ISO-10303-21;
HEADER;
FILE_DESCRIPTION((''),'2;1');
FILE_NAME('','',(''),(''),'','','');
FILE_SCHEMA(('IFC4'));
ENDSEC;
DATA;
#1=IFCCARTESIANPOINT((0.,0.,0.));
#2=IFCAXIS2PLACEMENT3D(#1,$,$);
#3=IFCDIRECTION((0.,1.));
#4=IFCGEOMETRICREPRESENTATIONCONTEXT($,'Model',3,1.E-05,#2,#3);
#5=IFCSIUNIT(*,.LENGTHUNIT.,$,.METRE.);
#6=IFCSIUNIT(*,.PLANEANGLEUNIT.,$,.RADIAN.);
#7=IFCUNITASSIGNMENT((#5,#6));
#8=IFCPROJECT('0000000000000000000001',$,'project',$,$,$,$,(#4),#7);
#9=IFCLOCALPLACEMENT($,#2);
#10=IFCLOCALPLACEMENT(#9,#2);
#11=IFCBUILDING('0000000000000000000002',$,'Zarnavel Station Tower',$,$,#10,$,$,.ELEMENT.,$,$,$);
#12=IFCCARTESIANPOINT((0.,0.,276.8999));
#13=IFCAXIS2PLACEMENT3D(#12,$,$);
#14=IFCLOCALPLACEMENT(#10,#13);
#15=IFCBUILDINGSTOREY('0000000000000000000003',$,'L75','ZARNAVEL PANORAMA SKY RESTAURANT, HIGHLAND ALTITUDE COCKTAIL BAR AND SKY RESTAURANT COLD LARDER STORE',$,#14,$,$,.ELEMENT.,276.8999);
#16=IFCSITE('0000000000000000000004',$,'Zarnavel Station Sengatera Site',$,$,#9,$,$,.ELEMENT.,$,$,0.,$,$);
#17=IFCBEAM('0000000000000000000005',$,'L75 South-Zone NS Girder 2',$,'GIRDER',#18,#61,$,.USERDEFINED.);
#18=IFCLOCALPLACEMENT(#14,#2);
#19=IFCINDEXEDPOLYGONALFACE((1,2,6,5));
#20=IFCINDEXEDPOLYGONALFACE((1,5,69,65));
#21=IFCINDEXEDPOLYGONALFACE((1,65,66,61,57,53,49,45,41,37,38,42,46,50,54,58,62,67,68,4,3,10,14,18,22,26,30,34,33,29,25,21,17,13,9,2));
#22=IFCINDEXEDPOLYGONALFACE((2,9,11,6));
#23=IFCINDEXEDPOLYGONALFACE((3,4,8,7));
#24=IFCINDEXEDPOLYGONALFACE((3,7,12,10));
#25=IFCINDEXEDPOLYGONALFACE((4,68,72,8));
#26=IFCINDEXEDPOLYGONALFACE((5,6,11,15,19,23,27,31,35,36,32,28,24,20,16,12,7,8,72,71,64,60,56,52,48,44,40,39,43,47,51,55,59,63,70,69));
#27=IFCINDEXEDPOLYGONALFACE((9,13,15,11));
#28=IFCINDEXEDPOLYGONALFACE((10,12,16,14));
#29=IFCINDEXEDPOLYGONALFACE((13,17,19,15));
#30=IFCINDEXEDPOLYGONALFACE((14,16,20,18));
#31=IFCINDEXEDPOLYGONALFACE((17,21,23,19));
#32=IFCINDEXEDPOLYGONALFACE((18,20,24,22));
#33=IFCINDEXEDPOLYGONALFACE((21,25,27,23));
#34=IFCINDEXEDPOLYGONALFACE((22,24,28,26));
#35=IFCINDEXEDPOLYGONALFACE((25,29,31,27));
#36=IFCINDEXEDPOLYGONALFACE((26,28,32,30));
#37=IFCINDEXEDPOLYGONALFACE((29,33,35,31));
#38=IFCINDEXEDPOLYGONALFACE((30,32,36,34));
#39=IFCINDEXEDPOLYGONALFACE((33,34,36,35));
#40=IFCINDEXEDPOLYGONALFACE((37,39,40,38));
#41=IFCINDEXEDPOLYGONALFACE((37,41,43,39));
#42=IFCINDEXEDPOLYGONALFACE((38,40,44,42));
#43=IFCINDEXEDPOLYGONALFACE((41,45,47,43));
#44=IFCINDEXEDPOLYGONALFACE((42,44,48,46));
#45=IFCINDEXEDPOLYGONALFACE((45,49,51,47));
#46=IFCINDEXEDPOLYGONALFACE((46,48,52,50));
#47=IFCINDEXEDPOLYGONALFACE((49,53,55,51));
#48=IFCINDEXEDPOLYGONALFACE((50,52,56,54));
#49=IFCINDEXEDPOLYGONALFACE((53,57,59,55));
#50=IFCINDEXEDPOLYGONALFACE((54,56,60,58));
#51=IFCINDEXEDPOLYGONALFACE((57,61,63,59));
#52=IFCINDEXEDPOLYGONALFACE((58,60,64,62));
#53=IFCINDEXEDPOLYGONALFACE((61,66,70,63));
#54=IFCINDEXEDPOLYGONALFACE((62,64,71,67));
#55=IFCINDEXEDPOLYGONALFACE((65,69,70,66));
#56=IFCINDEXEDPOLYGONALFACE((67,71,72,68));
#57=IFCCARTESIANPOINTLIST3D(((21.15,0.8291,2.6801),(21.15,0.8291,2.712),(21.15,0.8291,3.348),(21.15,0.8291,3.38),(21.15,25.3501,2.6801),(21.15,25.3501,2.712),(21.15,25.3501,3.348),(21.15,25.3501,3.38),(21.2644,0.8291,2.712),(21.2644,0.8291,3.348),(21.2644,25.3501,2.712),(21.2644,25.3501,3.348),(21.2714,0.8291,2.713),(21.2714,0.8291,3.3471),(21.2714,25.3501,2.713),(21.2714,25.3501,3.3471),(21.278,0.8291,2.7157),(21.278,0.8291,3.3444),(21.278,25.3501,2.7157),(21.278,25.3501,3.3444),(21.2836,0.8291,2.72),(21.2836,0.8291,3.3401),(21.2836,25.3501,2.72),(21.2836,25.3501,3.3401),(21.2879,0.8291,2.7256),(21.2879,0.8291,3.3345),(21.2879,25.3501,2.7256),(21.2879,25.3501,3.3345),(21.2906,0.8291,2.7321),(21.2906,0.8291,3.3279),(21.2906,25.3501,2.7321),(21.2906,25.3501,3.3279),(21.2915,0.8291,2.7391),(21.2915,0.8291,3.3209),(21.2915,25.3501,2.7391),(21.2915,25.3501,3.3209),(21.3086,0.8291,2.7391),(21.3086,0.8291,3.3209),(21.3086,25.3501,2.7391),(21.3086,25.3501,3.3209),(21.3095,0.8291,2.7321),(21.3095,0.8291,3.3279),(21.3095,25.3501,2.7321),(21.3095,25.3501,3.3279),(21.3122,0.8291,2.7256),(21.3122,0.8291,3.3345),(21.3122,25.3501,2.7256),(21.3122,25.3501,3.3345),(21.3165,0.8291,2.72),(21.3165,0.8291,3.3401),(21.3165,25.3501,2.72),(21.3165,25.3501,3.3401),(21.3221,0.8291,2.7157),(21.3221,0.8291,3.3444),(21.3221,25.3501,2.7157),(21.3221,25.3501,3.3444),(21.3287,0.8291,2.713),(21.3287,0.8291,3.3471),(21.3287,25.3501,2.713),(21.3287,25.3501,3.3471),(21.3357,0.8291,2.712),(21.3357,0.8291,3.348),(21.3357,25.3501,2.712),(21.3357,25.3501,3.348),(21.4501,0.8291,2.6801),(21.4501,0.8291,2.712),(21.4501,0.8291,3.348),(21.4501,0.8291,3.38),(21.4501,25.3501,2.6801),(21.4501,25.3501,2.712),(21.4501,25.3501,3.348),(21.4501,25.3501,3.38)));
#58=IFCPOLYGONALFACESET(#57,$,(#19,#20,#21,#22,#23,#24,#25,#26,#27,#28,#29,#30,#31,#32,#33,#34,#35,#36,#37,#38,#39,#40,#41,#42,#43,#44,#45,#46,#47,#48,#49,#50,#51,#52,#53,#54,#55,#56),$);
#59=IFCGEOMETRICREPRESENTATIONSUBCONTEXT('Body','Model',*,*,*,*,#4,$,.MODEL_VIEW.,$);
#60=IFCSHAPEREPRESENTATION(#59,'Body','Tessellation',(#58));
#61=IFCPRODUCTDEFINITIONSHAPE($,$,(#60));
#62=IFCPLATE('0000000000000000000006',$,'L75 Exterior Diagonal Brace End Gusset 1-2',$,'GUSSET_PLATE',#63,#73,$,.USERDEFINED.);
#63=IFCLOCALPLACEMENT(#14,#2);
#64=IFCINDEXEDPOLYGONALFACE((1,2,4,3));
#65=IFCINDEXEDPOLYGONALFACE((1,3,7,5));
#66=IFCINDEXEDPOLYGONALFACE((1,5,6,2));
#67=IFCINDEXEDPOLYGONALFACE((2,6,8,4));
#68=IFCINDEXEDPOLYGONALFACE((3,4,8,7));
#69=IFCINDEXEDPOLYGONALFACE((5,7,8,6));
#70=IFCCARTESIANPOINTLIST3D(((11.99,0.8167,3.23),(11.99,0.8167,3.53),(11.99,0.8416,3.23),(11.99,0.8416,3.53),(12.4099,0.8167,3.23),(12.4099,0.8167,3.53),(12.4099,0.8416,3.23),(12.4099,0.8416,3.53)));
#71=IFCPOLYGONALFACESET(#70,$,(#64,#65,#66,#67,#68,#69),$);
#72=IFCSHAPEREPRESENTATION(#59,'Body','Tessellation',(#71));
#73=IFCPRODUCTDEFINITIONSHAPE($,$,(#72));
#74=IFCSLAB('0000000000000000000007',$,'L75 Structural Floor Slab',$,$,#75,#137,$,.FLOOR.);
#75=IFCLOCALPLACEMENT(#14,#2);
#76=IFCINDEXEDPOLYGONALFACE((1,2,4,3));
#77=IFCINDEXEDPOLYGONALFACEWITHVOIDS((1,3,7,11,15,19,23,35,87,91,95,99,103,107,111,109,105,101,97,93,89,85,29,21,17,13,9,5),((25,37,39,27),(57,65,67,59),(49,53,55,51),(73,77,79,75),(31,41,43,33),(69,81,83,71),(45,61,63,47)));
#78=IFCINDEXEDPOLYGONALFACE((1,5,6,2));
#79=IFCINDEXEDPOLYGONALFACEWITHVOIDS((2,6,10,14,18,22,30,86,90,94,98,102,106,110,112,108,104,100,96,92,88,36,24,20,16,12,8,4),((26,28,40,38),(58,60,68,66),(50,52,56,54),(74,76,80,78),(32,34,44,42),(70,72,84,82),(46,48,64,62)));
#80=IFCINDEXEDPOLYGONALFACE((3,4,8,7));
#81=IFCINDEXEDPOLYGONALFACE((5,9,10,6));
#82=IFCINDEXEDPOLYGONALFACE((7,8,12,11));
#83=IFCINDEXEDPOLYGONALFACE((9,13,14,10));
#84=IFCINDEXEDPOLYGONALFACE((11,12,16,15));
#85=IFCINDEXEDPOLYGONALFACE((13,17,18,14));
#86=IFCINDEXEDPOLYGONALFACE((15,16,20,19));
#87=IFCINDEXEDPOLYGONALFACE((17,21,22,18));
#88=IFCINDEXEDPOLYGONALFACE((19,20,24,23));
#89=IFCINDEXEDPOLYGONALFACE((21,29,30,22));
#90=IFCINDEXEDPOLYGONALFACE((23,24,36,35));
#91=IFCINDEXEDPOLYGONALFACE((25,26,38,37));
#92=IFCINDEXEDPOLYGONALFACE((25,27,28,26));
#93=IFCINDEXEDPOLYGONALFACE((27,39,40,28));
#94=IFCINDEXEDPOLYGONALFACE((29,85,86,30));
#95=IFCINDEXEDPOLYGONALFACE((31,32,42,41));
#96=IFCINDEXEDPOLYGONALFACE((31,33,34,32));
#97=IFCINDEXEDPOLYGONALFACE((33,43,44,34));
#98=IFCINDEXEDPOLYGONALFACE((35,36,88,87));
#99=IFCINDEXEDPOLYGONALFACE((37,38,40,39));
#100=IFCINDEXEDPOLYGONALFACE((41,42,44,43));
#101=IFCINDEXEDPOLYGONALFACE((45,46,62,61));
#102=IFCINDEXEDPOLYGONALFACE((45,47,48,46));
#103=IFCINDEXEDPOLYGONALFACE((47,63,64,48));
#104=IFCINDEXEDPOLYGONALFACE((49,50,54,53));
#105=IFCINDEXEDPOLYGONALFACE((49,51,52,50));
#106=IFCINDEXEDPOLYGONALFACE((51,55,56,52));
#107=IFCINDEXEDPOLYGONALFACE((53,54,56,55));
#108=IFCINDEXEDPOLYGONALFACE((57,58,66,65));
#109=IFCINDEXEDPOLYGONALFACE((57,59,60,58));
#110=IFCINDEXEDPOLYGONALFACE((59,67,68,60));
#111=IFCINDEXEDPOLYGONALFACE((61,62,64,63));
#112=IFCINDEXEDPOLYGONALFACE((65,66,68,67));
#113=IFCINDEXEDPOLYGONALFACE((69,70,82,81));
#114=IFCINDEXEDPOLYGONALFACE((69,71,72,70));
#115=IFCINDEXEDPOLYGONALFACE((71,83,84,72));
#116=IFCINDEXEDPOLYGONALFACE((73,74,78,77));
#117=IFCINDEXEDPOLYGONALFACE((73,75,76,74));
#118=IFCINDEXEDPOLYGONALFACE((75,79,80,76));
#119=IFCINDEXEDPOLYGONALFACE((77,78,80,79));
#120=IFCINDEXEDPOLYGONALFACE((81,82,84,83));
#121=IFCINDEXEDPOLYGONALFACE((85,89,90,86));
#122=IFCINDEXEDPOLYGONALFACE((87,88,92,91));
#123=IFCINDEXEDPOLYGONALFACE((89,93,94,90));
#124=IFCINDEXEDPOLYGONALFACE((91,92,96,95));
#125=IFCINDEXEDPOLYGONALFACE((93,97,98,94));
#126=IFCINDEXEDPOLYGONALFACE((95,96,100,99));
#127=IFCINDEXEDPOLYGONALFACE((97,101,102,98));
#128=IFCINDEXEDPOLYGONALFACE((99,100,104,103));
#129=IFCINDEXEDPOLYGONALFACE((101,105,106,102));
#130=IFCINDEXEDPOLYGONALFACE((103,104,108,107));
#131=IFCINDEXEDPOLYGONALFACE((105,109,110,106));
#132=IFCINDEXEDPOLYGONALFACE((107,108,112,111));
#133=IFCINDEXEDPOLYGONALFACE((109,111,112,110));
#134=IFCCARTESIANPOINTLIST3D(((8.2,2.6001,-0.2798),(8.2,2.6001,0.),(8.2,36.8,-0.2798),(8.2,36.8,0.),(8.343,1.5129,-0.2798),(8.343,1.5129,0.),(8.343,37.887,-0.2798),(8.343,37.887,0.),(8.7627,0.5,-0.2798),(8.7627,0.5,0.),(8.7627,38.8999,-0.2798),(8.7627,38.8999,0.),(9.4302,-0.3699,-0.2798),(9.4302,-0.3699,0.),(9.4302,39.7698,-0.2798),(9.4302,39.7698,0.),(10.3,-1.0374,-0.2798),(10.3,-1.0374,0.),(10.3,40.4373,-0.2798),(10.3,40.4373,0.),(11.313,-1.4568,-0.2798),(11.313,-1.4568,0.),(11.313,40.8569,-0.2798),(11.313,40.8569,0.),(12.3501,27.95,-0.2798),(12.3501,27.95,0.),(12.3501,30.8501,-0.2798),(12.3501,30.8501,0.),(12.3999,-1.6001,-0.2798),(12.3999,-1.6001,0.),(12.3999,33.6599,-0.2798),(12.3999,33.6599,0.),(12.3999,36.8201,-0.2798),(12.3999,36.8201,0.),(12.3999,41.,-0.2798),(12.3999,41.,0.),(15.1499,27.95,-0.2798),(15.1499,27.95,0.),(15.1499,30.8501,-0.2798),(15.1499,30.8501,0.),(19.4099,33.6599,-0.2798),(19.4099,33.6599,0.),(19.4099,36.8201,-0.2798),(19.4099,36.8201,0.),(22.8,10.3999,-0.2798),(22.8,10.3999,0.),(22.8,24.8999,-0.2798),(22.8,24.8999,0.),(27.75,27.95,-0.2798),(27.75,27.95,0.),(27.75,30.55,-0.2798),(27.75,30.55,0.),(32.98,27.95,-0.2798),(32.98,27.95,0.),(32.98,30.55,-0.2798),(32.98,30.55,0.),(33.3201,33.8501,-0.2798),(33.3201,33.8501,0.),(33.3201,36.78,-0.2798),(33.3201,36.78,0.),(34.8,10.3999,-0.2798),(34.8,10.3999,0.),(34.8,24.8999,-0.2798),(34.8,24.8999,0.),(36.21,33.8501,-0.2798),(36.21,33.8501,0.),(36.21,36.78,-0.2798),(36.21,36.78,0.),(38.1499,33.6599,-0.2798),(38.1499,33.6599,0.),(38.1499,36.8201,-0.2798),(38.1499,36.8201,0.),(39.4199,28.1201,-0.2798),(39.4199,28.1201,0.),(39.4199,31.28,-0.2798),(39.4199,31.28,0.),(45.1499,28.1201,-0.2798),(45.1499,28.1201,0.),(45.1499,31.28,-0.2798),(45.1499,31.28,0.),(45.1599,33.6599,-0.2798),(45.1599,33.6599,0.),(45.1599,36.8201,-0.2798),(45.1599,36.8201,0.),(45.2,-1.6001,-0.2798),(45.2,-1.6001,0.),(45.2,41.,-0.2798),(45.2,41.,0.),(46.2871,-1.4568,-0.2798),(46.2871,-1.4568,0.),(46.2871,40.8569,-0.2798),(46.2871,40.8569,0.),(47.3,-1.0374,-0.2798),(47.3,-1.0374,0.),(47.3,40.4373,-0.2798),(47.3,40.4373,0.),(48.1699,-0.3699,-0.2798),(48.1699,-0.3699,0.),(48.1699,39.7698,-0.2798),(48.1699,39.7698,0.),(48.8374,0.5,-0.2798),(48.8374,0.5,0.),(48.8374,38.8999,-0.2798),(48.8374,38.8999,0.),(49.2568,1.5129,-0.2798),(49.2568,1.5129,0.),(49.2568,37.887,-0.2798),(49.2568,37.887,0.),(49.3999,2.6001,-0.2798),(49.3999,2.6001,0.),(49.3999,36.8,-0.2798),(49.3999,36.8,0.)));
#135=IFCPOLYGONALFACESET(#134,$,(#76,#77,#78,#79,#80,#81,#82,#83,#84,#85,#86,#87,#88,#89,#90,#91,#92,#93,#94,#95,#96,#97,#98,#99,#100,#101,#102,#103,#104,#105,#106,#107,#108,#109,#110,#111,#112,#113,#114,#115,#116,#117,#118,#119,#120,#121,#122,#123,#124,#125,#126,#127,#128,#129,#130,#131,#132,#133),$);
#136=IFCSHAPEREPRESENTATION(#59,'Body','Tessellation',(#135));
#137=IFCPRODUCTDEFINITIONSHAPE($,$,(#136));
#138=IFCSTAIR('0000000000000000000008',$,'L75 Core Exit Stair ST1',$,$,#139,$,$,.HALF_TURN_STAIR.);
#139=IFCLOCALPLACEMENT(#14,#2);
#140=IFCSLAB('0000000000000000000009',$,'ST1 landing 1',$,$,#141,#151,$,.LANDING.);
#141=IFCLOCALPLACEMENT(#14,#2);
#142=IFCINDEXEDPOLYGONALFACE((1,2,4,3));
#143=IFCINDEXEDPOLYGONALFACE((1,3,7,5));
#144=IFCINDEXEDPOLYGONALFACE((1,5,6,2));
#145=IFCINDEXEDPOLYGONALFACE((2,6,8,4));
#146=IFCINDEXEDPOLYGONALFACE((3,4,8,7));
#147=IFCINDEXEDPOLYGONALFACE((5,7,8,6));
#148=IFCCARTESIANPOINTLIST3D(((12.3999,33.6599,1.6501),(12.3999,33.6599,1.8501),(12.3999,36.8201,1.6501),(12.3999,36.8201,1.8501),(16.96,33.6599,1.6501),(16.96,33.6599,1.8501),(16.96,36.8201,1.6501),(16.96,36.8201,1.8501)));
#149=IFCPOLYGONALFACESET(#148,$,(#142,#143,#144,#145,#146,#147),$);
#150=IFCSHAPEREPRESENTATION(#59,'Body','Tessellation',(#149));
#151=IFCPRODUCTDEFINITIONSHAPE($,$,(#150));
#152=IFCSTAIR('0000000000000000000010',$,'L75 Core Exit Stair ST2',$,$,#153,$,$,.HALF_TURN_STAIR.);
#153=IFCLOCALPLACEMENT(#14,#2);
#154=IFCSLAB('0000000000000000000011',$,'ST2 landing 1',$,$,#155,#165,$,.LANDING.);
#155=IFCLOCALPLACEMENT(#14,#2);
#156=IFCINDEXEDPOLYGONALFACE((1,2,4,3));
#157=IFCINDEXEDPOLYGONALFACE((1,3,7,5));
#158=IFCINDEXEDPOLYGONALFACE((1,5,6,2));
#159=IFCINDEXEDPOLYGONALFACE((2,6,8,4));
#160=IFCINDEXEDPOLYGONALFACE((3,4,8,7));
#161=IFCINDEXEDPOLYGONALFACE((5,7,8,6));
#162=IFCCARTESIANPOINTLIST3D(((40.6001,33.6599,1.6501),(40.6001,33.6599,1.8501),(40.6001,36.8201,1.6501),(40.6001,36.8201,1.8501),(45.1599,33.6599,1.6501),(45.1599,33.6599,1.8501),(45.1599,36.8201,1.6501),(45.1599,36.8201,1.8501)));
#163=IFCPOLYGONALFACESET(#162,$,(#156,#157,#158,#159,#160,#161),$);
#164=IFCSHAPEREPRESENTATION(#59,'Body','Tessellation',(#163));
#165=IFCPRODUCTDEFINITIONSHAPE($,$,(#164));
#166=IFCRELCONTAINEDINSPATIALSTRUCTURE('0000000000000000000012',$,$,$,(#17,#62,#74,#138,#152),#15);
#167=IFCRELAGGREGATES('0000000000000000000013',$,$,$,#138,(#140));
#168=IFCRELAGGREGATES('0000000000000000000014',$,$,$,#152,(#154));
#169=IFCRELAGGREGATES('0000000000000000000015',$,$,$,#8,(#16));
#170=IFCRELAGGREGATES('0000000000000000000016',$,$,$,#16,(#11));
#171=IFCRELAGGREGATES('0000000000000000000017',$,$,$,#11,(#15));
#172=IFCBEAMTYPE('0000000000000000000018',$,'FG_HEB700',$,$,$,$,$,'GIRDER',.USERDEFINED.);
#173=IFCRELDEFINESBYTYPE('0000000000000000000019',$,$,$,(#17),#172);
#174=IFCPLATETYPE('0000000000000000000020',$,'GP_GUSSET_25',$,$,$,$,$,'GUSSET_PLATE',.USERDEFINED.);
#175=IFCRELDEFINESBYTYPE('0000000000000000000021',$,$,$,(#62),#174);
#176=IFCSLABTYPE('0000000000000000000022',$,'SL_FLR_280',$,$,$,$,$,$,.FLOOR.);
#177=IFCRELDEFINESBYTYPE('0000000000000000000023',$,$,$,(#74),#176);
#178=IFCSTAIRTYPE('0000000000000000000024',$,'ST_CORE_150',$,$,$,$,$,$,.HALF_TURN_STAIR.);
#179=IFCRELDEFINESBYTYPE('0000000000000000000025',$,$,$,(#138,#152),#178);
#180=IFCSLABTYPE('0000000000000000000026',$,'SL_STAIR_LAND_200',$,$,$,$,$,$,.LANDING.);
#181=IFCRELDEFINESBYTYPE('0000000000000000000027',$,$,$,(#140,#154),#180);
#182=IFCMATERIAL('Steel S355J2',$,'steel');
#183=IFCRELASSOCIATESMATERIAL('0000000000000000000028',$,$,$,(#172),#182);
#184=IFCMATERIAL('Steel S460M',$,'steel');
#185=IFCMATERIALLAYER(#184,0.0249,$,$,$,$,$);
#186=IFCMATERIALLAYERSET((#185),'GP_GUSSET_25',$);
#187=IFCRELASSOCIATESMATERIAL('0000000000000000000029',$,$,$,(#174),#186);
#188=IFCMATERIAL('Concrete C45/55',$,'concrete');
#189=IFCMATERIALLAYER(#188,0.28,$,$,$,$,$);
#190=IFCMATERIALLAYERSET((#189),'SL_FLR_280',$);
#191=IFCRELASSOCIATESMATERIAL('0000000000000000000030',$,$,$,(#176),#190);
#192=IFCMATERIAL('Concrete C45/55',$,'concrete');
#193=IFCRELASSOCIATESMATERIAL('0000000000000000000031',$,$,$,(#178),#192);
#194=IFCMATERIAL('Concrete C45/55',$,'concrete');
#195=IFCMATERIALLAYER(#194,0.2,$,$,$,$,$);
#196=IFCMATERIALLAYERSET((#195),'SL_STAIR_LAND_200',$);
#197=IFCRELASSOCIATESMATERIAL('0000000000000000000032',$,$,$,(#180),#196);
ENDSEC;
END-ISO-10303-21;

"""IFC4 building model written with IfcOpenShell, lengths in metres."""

from ifc_helpers import new_model, si_unit, direction, frame, origin, origin_2d, place, context, subcontext, project, spatial, polyline, rectangle, i_section, outline, extrude, material, layer, layer_set, material_profile, profile_set, type_object, element, aggregate, save


model = new_model("IFC4")

# Units and contexts
model_context = context("Model", 3, precision=1e-05, world=origin(), true_north=direction((0.0, 1.0)))
body_context = subcontext(model_context, "Body", "Model", "MODEL_VIEW")
ifc_project = project(units=[si_unit("LENGTHUNIT", "METRE"), si_unit("PLANEANGLEUNIT", "RADIAN")], contexts=[model_context])

# Site, building, storey
site_placement = place(None, origin())
site = spatial("IfcSite", under=ifc_project, at=site_placement, Name="Zarnavel Station Sengatera Site", CompositionType="ELEMENT", RefElevation=0.0)
building_placement = place(site_placement, origin())
building = spatial("IfcBuilding", under=site, at=building_placement, Name="Zarnavel Station Tower", CompositionType="ELEMENT")
storey_placement = place(building_placement, frame((0.0, 0.0, 276.8999)))
storey = spatial("IfcBuildingStorey", under=building, at=storey_placement, Name="L75", Description="ZARNAVEL PANORAMA SKY RESTAURANT, HIGHLAND ALTITUDE COCKTAIL BAR AND SKY RESTAURANT COLD LARDER STORE", CompositionType="ELEMENT", Elevation=276.8999)

# Beam
ifc_material_1 = material(Name="Steel S355J2", Category="steel")
ifc_material_profile_1 = material_profile(ifc_material_1, i_section(OverallWidth=0.3, OverallDepth=0.7, WebThickness=0.0171, FlangeThickness=0.032, FilletRadius=0.0271, at=origin_2d()), Name="HEB700")
ifc_profile_set_1 = profile_set([ifc_material_profile_1], Name="Steel S355J2")
beam_type_1 = type_object("IfcBeamType", Name="FG_HEB700", ElementType="GIRDER", PredefinedType="USERDEFINED", material=ifc_profile_set_1)
for number, where, z_axis, x_axis, name in (
    (1, (21.3, 0.8291, 3.03), (0.0, 1.0, 0.0), (-1.0, 0.0, 0.0), "L75 South-Zone NS Girder 2"),
):
    element("IfcBeam", number, at=place(storey_placement, frame(where, z_axis=z_axis, x_axis=x_axis)), inside=storey, type_object=beam_type_1, Name=name, ObjectType="GIRDER", PredefinedType="USERDEFINED", context=body_context, shape_type="SweptSolid", body=[
        extrude(i_section(OverallWidth=0.3, OverallDepth=0.7, WebThickness=0.0171, FlangeThickness=0.032, FilletRadius=0.0271, at=origin_2d()), origin(), (0.0, 0.0, 1.0), 24.521),
    ])

# Plate
ifc_material_2 = material(Name="Steel S460M", Category="steel")
ifc_layer_1 = layer(ifc_material_2, 0.0249)
ifc_layer_set_1 = layer_set([ifc_layer_1], Name="GP_GUSSET_25")
plate_type = type_object("IfcPlateType", Name="GP_GUSSET_25", ElementType="GUSSET_PLATE", PredefinedType="USERDEFINED", material=ifc_layer_set_1)
plate_placement = place(storey_placement, frame((12.2, 0.8291, 3.23), z_axis=(0.0, 0.0, 1.0), x_axis=(1.0, 0.0, 0.0)))
element("IfcPlate", 2, at=plate_placement, inside=storey, type_object=plate_type, Name="L75 Exterior Diagonal Brace End Gusset 1-2", ObjectType="GUSSET_PLATE", PredefinedType="USERDEFINED", context=body_context, shape_type="SweptSolid", body=[
    extrude(rectangle(XDim=0.4199, YDim=0.0249, at=origin_2d()), origin(), (0.0, 0.0, 1.0), 0.3),
])

# Slab
ifc_material_3 = material(Name="Concrete C45/55", Category="concrete")
ifc_layer_2 = layer(ifc_material_3, 0.28)
ifc_layer_set_2 = layer_set([ifc_layer_2], Name="SL_FLR_280")
slab_type_1 = type_object("IfcSlabType", Name="SL_FLR_280", PredefinedType="FLOOR", material=ifc_layer_set_2)
slab_1_placement = place(storey_placement, frame((0.0, 0.0, -0.2798)))
element("IfcSlab", 3, at=slab_1_placement, inside=storey, type_object=slab_type_1, Name="L75 Structural Floor Slab", PredefinedType="FLOOR", context=body_context, shape_type="SweptSolid", body=[
    extrude(outline(polyline([(45.2, -1.6001), (46.2871, -1.4568), (47.3, -1.0374), (48.1699, -0.3699), (48.8374, 0.5), (49.2568, 1.5129), (49.3999, 2.6001), (49.3999, 36.8), (49.2568, 37.887), (48.8374, 38.8999), (48.1699, 39.7698), (47.3, 40.4373), (46.2871, 40.8569), (45.2, 41.0), (12.3999, 41.0), (11.313, 40.8569), (10.3, 40.4373), (9.4302, 39.7698), (8.7627, 38.8999), (8.343, 37.887), (8.2, 36.8), (8.2, 2.6001), (8.343, 1.5129), (8.7627, 0.5), (9.4302, -0.3699), (10.3, -1.0374), (11.313, -1.4568), (12.3999, -1.6001), (45.2, -1.6001)]), holes=[polyline([(12.3999, 33.6599), (19.4099, 33.6599), (19.4099, 36.8201), (12.3999, 36.8201), (12.3999, 33.6599)]), polyline([(38.1499, 33.6599), (45.1599, 33.6599), (45.1599, 36.8201), (38.1499, 36.8201), (38.1499, 33.6599)]), polyline([(39.4199, 28.1201), (45.1499, 28.1201), (45.1499, 31.28), (39.4199, 31.28), (39.4199, 28.1201)]), polyline([(12.3501, 27.95), (15.1499, 27.95), (15.1499, 30.8501), (12.3501, 30.8501), (12.3501, 27.95)]), polyline([(33.3201, 33.8501), (36.21, 33.8501), (36.21, 36.78), (33.3201, 36.78), (33.3201, 33.8501)]), polyline([(27.75, 27.95), (32.98, 27.95), (32.98, 30.55), (27.75, 30.55), (27.75, 27.95)]), polyline([(22.8, 10.3999), (34.8, 10.3999), (34.8, 24.8999), (22.8, 24.8999), (22.8, 10.3999)])]), origin(), (0.0, 0.0, 1.0), 0.2798),
])

# Stairs, slabs
ifc_material_4 = material(Name="Concrete C45/55", Category="concrete")
stair_type = type_object("IfcStairType", Name="ST_CORE_150", PredefinedType="HALF_TURN_STAIR", material=ifc_material_4)
stair_1_placement = place(storey_placement, origin())
stair_1 = element("IfcStair", 4, at=stair_1_placement, inside=storey, type_object=stair_type, Name="L75 Core Exit Stair ST1", PredefinedType="HALF_TURN_STAIR")
ifc_material_5 = material(Name="Concrete C45/55", Category="concrete")
ifc_layer_3 = layer(ifc_material_5, 0.2)
ifc_layer_set_3 = layer_set([ifc_layer_3], Name="SL_STAIR_LAND_200")
slab_type_2 = type_object("IfcSlabType", Name="SL_STAIR_LAND_200", PredefinedType="LANDING", material=ifc_layer_set_3)
slab_2_placement = place(storey_placement, frame((0.0, 0.0, 1.6501)))
slab_2 = element("IfcSlab", 5, at=slab_2_placement, type_object=slab_type_2, Name="ST1 landing 1", PredefinedType="LANDING", context=body_context, shape_type="SweptSolid", body=[
    extrude(outline(polyline([(16.96, 36.8201), (12.3999, 36.8201), (12.3999, 33.6599), (16.96, 33.6599), (16.96, 36.8201)])), origin(), (0.0, 0.0, 1.0), 0.2),
])
aggregate(stair_1, [slab_2])
stair_2_placement = place(storey_placement, origin())
stair_2 = element("IfcStair", 6, at=stair_2_placement, inside=storey, type_object=stair_type, Name="L75 Core Exit Stair ST2", PredefinedType="HALF_TURN_STAIR")
slab_3_placement = place(storey_placement, frame((0.0, 0.0, 1.6501)))
slab_3 = element("IfcSlab", 7, at=slab_3_placement, type_object=slab_type_2, Name="ST2 landing 1", PredefinedType="LANDING", context=body_context, shape_type="SweptSolid", body=[
    extrude(outline(polyline([(40.6001, 33.6599), (45.1599, 33.6599), (45.1599, 36.8201), (40.6001, 36.8201), (40.6001, 33.6599)])), origin(), (0.0, 0.0, 1.0), 0.2),
])
aggregate(stair_2, [slab_3])

save(model, "model.ifc")
